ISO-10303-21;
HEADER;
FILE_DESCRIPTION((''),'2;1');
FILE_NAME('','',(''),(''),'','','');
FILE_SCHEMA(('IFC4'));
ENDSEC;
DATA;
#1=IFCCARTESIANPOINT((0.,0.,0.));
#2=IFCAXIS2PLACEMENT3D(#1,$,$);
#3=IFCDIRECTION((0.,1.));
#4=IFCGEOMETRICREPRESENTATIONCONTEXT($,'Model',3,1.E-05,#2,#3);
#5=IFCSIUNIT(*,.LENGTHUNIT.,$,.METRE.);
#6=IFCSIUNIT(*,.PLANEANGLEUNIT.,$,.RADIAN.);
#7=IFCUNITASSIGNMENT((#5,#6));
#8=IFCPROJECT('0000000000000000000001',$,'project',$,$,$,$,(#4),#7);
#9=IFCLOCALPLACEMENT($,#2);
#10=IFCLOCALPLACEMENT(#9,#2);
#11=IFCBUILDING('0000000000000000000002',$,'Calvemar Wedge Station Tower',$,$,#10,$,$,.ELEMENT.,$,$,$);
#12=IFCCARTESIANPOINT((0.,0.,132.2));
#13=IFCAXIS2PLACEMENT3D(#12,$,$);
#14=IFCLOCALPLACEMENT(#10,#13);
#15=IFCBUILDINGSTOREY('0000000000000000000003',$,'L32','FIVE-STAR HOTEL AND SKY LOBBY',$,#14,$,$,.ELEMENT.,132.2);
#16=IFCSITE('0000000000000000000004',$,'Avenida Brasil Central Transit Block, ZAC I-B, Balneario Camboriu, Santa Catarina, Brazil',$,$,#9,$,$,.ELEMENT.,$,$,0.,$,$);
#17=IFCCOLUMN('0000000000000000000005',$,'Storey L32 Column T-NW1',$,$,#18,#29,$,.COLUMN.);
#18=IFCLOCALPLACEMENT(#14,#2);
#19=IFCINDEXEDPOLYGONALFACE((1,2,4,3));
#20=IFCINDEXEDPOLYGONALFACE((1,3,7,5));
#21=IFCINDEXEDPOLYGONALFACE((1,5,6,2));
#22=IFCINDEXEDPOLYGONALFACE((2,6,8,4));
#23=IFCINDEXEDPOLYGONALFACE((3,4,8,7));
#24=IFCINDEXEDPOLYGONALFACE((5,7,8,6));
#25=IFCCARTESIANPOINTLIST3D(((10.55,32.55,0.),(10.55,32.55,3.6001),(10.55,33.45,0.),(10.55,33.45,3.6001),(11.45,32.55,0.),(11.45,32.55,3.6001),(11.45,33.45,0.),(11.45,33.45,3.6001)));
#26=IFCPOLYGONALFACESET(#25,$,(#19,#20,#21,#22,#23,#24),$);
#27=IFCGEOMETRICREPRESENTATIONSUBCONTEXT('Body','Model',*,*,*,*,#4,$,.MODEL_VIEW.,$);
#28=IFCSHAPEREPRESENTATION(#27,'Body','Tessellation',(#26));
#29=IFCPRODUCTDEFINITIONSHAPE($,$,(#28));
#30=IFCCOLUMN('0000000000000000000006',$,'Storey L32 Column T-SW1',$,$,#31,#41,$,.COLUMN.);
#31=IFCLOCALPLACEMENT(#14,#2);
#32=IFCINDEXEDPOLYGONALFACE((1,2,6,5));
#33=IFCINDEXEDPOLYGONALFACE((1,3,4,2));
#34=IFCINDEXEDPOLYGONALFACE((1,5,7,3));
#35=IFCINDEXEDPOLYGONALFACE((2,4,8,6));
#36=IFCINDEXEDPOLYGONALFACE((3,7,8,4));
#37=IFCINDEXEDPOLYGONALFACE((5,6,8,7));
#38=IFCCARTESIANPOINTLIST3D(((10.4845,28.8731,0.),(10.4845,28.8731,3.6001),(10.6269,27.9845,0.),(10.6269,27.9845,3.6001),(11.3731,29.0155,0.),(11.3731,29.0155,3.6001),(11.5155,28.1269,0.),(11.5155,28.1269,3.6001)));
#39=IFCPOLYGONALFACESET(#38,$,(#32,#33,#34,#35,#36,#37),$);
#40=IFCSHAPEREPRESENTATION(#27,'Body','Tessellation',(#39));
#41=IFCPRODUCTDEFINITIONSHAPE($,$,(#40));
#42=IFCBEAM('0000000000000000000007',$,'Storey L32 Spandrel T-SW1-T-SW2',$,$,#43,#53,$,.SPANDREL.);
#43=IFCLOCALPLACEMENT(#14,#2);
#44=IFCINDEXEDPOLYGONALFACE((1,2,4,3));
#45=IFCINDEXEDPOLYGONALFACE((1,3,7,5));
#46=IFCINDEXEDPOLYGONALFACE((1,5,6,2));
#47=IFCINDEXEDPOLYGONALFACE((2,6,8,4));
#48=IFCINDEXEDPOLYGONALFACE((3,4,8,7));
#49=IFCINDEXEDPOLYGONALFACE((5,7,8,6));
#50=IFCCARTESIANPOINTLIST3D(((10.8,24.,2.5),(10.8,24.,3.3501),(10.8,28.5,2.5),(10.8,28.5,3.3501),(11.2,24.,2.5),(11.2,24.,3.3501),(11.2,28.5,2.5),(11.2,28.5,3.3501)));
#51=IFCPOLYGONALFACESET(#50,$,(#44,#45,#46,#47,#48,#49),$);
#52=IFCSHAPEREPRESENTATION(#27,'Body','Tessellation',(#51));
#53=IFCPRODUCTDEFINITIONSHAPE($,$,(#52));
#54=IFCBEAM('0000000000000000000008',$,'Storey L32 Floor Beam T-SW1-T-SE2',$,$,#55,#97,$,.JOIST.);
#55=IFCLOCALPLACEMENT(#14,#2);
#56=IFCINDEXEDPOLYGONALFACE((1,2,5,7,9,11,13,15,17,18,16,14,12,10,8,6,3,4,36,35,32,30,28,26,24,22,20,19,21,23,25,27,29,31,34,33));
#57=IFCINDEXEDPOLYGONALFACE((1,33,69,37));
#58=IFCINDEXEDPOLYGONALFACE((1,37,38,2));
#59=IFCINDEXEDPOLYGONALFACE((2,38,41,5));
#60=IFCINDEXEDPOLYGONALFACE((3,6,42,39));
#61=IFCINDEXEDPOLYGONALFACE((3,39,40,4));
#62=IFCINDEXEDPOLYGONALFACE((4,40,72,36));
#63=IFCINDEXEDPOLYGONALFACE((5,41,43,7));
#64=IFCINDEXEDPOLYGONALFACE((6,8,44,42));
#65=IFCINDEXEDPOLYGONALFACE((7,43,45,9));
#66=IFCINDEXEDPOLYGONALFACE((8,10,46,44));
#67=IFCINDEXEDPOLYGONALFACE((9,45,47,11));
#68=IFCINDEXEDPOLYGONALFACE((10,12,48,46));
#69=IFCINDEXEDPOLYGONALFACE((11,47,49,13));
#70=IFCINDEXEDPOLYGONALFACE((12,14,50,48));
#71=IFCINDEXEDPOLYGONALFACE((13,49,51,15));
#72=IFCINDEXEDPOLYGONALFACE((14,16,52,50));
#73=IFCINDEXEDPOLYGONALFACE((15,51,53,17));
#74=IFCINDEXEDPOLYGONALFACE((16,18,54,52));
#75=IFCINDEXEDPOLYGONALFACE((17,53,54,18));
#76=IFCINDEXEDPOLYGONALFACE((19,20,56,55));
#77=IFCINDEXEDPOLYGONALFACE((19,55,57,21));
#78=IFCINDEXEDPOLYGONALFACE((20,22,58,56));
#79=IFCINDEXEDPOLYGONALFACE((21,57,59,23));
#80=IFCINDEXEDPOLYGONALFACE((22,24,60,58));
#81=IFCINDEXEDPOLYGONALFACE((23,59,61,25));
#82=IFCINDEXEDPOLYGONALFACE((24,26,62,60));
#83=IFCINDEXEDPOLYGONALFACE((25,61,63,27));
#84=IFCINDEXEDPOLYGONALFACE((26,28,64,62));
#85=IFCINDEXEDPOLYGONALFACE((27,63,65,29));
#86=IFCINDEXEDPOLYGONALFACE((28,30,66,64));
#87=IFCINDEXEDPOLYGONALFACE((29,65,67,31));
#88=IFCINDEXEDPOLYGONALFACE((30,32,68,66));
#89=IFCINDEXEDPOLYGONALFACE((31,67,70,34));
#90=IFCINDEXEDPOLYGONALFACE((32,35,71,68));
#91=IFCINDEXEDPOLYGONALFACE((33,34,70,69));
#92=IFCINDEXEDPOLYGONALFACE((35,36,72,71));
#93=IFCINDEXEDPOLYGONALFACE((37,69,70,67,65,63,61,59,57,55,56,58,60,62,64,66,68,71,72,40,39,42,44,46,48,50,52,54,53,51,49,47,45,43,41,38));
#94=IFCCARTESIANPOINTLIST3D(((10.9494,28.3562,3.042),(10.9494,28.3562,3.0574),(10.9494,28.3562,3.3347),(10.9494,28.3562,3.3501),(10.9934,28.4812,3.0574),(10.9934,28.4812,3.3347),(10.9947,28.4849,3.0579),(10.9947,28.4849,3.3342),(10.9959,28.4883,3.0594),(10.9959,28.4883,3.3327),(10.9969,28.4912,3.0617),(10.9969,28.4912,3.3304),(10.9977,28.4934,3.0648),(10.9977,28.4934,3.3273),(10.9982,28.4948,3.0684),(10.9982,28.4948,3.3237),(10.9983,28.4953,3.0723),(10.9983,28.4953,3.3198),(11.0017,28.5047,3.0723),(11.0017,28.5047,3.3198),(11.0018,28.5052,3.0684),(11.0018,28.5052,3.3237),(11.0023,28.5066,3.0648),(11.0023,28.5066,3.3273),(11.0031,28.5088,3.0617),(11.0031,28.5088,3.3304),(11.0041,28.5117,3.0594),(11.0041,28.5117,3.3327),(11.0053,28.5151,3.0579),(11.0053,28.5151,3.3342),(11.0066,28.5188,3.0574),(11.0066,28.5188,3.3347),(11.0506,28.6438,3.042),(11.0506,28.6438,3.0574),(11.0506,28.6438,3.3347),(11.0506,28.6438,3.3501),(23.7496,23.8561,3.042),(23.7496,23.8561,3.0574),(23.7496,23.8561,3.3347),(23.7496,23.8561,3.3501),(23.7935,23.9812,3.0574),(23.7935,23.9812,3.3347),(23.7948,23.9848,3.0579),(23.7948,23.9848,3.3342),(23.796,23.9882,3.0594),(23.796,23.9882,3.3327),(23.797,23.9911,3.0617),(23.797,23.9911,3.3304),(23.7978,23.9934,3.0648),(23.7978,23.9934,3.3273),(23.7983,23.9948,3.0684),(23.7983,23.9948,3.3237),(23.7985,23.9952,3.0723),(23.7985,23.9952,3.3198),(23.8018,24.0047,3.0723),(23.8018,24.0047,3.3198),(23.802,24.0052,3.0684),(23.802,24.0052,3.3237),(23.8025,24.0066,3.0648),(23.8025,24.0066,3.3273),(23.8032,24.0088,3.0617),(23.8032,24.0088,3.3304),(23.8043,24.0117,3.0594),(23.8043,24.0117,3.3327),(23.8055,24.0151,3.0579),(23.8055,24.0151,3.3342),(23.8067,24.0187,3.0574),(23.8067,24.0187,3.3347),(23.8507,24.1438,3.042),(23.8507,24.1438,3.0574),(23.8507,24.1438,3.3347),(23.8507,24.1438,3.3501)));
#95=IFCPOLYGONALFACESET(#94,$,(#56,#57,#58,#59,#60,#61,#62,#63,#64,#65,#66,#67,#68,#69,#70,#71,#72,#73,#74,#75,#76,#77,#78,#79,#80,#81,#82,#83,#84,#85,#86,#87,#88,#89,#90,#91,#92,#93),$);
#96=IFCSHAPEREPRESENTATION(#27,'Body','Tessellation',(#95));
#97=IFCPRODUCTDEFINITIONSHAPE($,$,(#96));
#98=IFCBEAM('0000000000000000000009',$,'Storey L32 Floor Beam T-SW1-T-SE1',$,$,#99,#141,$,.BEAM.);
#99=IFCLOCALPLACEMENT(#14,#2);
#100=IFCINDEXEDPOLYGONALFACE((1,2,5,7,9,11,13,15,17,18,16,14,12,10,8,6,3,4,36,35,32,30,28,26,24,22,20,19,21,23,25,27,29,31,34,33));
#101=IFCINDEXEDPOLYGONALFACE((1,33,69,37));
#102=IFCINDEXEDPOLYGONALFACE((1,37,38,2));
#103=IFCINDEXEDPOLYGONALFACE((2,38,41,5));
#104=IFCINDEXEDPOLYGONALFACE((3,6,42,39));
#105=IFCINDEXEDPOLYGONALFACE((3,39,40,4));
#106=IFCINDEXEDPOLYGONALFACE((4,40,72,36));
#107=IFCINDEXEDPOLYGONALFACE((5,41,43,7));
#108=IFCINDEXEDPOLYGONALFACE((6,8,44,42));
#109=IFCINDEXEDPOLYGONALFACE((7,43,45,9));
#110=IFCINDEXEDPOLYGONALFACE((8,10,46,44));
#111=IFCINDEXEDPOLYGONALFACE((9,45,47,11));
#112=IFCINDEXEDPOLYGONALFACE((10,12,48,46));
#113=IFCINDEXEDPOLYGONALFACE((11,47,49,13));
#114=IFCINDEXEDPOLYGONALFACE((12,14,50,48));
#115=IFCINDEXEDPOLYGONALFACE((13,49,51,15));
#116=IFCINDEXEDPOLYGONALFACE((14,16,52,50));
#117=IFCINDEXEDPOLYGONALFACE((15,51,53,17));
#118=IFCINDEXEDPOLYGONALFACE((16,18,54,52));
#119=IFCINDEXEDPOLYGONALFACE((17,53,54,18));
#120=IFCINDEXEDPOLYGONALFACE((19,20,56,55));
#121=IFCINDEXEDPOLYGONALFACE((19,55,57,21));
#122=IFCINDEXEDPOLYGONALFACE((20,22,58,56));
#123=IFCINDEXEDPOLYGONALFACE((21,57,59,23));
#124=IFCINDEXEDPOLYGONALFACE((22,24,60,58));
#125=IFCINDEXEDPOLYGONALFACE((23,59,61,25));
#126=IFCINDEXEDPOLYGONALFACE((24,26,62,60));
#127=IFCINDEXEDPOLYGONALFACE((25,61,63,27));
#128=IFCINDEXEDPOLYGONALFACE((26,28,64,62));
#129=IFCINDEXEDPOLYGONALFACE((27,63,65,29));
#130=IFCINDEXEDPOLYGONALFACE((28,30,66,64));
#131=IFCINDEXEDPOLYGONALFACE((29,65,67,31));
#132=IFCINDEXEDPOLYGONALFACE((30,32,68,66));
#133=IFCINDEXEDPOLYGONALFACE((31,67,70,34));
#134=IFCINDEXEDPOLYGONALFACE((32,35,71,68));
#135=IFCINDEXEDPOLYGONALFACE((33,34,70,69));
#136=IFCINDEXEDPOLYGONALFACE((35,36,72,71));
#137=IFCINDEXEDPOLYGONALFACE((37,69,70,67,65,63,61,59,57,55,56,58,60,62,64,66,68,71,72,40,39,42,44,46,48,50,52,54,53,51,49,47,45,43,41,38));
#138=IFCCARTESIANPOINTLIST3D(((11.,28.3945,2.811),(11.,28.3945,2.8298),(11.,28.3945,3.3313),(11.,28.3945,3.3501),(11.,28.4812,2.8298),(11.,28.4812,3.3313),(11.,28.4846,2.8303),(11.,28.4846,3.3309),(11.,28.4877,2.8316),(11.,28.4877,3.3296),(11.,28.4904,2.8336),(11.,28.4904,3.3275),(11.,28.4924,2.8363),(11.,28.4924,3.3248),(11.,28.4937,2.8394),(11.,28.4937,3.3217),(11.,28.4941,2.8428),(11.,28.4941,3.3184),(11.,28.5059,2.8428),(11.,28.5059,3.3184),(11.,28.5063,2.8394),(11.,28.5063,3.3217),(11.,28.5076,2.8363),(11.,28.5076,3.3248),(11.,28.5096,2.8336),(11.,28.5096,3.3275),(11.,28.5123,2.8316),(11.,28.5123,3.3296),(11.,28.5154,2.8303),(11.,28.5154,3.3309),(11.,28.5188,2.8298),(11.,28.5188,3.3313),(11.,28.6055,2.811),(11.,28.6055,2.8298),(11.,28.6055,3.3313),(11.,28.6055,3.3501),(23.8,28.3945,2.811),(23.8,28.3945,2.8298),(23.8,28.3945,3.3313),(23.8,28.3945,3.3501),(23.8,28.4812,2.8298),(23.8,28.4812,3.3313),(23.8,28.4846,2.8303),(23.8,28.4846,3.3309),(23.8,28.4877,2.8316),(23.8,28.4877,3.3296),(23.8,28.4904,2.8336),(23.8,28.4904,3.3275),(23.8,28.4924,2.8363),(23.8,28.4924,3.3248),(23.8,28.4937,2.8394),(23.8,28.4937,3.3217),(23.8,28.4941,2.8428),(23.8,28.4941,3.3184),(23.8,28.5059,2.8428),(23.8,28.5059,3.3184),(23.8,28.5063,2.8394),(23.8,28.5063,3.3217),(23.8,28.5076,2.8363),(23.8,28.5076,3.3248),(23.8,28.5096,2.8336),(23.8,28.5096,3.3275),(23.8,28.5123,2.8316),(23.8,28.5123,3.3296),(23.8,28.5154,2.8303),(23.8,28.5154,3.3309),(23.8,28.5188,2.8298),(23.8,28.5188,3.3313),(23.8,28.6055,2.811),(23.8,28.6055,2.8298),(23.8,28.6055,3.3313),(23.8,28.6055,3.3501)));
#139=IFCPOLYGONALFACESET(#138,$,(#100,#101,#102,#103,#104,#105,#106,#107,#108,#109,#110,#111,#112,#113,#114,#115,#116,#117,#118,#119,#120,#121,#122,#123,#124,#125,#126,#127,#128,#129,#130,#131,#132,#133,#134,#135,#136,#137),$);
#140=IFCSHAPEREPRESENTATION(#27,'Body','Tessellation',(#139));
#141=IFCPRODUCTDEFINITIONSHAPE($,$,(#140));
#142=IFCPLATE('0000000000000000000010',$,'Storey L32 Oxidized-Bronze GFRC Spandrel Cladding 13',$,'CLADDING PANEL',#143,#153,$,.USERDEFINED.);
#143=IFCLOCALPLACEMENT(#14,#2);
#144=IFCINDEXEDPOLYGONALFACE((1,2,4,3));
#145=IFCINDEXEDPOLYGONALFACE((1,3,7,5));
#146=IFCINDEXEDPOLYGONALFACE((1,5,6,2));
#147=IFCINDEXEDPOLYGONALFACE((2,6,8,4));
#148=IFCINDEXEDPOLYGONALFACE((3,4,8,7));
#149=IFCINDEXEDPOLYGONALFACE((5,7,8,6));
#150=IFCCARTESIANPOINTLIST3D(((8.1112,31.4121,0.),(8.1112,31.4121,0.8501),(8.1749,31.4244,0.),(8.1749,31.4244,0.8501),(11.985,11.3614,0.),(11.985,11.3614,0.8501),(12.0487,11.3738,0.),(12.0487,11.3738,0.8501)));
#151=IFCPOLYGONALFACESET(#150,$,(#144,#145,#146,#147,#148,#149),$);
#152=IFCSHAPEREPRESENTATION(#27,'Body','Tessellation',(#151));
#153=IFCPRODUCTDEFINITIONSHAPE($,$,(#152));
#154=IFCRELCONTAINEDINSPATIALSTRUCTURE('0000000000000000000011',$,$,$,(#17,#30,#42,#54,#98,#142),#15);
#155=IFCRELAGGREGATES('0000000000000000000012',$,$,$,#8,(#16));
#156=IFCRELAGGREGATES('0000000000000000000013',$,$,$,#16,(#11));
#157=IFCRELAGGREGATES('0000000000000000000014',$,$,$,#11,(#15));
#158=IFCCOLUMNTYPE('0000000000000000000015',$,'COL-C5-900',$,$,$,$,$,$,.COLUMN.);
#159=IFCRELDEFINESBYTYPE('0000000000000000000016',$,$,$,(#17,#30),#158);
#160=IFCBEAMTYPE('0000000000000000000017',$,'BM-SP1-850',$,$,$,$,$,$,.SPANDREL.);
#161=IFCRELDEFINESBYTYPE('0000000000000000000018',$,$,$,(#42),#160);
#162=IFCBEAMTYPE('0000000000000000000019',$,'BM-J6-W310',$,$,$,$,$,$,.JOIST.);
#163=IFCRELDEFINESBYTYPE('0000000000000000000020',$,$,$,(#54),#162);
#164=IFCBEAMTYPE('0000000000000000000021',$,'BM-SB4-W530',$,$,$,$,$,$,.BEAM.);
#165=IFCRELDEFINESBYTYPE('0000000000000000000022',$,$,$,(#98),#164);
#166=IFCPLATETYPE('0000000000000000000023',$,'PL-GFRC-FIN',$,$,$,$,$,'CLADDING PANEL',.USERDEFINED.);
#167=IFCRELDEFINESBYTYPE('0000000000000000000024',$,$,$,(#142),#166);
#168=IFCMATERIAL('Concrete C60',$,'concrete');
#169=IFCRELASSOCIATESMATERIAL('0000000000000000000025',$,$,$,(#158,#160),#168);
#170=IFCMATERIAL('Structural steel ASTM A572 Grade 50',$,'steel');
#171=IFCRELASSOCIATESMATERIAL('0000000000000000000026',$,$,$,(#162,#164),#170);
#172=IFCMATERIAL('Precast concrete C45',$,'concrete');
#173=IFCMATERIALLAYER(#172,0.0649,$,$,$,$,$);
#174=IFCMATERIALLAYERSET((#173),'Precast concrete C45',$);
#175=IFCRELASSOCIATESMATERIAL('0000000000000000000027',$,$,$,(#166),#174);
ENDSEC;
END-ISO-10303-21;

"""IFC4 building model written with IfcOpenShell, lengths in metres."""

from ifc_helpers import new_model, si_unit, direction, frame, frame_2d, origin, origin_2d, place, context, subcontext, project, spatial, rectangle, i_section, extrude, source, transform, mapped, material, layer, layer_set, material_profile, profile_set, type_object, element, save


model = new_model("IFC4")

# Units and contexts
model_context = context("Model", 3, precision=1e-05, world=origin(), true_north=direction((0.0, 1.0)))
body_context = subcontext(model_context, "Body", "Model", "MODEL_VIEW")
ifc_project = project(units=[si_unit("LENGTHUNIT", "METRE"), si_unit("PLANEANGLEUNIT", "RADIAN")], contexts=[model_context])

# Site, building, storey
site_placement = place(None, origin())
site = spatial("IfcSite", under=ifc_project, at=site_placement, Name="Avenida Brasil Central Transit Block, ZAC I-B, Balneario Camboriu, Santa Catarina, Brazil", CompositionType="ELEMENT", RefElevation=0.0)
building_placement = place(site_placement, origin())
building = spatial("IfcBuilding", under=site, at=building_placement, Name="Calvemar Wedge Station Tower", CompositionType="ELEMENT")
storey_placement = place(building_placement, frame((0.0, 0.0, 132.2)))
storey = spatial("IfcBuildingStorey", under=building, at=storey_placement, Name="L32", Description="FIVE-STAR HOTEL AND SKY LOBBY", CompositionType="ELEMENT", Elevation=132.2)

# Columns
ifc_material_1 = material(Name="Concrete C60", Category="concrete")
ifc_material_profile_1 = material_profile(ifc_material_1, rectangle(XDim=0.8999, YDim=0.8999, at=origin_2d()), Name="RC900x900")
ifc_profile_set_1 = profile_set([ifc_material_profile_1], Name="Concrete C60")
column_type = type_object("IfcColumnType", Name="COL-C5-900", PredefinedType="COLUMN", material=ifc_profile_set_1)
shared_shape_1 = source(origin(), body_context, "Body", "SweptSolid", [
    extrude(rectangle(XDim=0.8999, YDim=0.8999, at=origin_2d()), origin(), (0.0, 0.0, 1.0), 3.6001),
])
for number, where, z_axis, x_axis, name in (
    (1, (11.0, 33.0, 0.0), (0.0, 0.0, 1.0), (1.0, 0.0, 0.0), "Storey L32 Column T-NW1"),
    (2, (11.0, 28.5, 0.0), (0.0, 0.0, 1.0), (0.158158, -0.987414, 0.0), "Storey L32 Column T-SW1"),
):
    element("IfcColumn", number, at=place(storey_placement, frame(where, z_axis=z_axis, x_axis=x_axis)), inside=storey, type_object=column_type, Name=name, PredefinedType="COLUMN", context=body_context, shape_type="MappedRepresentation", body=[
        mapped(shared_shape_1, transform((0.0, 0.0, 0.0), scale=1.0)),
    ])

# Beams
ifc_material_profile_2 = material_profile(ifc_material_1, rectangle(XDim=0.3999, YDim=0.8501, at=origin_2d()), Name="RC400x850")
ifc_profile_set_2 = profile_set([ifc_material_profile_2], Name="Concrete C60")
beam_type_1 = type_object("IfcBeamType", Name="BM-SP1-850", PredefinedType="SPANDREL", material=ifc_profile_set_2)
shared_shape_2 = source(origin(), body_context, "Body", "SweptSolid", [
    extrude(rectangle(XDim=0.3999, YDim=0.8501, at=origin_2d()), origin(), (0.0, 0.0, 1.0), 4.5),
])
beam_1_placement = place(storey_placement, frame((11.0, 28.5, 2.925), z_axis=(0.0, -1.0, 0.0), x_axis=(1.0, 0.0, 0.0)))
element("IfcBeam", 3, at=beam_1_placement, inside=storey, type_object=beam_type_1, Name="Storey L32 Spandrel T-SW1-T-SW2", PredefinedType="SPANDREL", context=body_context, shape_type="MappedRepresentation", body=[
    mapped(shared_shape_2, transform((0.0, 0.0, 0.0), scale=1.0)),
])
ifc_material_2 = material(Name="Structural steel ASTM A572 Grade 50", Category="steel")
ifc_material_profile_3 = material_profile(ifc_material_2, i_section(OverallWidth=0.3049, OverallDepth=0.3081, WebThickness=0.01, FlangeThickness=0.0154, FilletRadius=0.0149, at=origin_2d()), Name="W310x97")
ifc_profile_set_3 = profile_set([ifc_material_profile_3], Name="Structural steel ASTM A572 Grade 50")
beam_type_2 = type_object("IfcBeamType", Name="BM-J6-W310", PredefinedType="JOIST", material=ifc_profile_set_3)
shared_shape_3 = source(origin(), body_context, "Body", "SweptSolid", [
    extrude(i_section(OverallWidth=0.3049, OverallDepth=0.3081, WebThickness=0.01, FlangeThickness=0.0154, FilletRadius=0.0149, at=origin_2d()), origin(), (0.0, 0.0, 1.0), 13.5681),
])
beam_2_placement = place(storey_placement, frame((11.0, 28.5, 3.196), z_axis=(0.943398, -0.331662, 0.0), x_axis=(0.331662, 0.943398, 0.0)))
element("IfcBeam", 4, at=beam_2_placement, inside=storey, type_object=beam_type_2, Name="Storey L32 Floor Beam T-SW1-T-SE2", PredefinedType="JOIST", context=body_context, shape_type="MappedRepresentation", body=[
    mapped(shared_shape_3, transform((0.0, 0.0, 0.0), scale=1.0)),
])
ifc_material_profile_4 = material_profile(ifc_material_2, i_section(OverallWidth=0.2109, OverallDepth=0.5391, WebThickness=0.0117, FlangeThickness=0.0188, FilletRadius=0.0129, at=origin_2d()), Name="W530x109")
ifc_profile_set_4 = profile_set([ifc_material_profile_4], Name="Structural steel ASTM A572 Grade 50")
beam_type_3 = type_object("IfcBeamType", Name="BM-SB4-W530", PredefinedType="BEAM", material=ifc_profile_set_4)
shared_shape_4 = source(origin(), body_context, "Body", "SweptSolid", [
    extrude(i_section(OverallWidth=0.2109, OverallDepth=0.5391, WebThickness=0.0117, FlangeThickness=0.0188, FilletRadius=0.0129, at=origin_2d()), origin(), (0.0, 0.0, 1.0), 12.8),
])
beam_3_placement = place(storey_placement, frame((11.0, 28.5, 3.0806), z_axis=(1.0, 0.0, 0.0), x_axis=(0.0, 1.0, 0.0)))
element("IfcBeam", 5, at=beam_3_placement, inside=storey, type_object=beam_type_3, Name="Storey L32 Floor Beam T-SW1-T-SE1", PredefinedType="BEAM", context=body_context, shape_type="MappedRepresentation", body=[
    mapped(shared_shape_4, transform((0.0, 0.0, 0.0), scale=1.0)),
])

# Plate
ifc_material_3 = material(Name="Precast concrete C45", Category="concrete")
ifc_layer_1 = layer(ifc_material_3, 0.0649)
ifc_layer_set_1 = layer_set([ifc_layer_1], Name="Precast concrete C45")
plate_type = type_object("IfcPlateType", Name="PL-GFRC-FIN", ElementType="CLADDING PANEL", PredefinedType="USERDEFINED", material=ifc_layer_set_1)
plate_placement = place(storey_placement, frame((8.1431, 31.4182, 0.0), z_axis=(0.0, 0.0, 1.0), x_axis=(0.189693, -0.981843, 0.0)))
element("IfcPlate", 6, at=plate_placement, inside=storey, type_object=plate_type, Name="Storey L32 Oxidized-Bronze GFRC Spandrel Cladding 13", ObjectType="CLADDING PANEL", PredefinedType="USERDEFINED", context=body_context, shape_type="SweptSolid", body=[
    extrude(rectangle(XDim=20.4214, YDim=0.0649, at=frame_2d((10.2107, 0.0))), origin(), (0.0, 0.0, 1.0), 0.8501),
])

save(model, "model.ifc")
